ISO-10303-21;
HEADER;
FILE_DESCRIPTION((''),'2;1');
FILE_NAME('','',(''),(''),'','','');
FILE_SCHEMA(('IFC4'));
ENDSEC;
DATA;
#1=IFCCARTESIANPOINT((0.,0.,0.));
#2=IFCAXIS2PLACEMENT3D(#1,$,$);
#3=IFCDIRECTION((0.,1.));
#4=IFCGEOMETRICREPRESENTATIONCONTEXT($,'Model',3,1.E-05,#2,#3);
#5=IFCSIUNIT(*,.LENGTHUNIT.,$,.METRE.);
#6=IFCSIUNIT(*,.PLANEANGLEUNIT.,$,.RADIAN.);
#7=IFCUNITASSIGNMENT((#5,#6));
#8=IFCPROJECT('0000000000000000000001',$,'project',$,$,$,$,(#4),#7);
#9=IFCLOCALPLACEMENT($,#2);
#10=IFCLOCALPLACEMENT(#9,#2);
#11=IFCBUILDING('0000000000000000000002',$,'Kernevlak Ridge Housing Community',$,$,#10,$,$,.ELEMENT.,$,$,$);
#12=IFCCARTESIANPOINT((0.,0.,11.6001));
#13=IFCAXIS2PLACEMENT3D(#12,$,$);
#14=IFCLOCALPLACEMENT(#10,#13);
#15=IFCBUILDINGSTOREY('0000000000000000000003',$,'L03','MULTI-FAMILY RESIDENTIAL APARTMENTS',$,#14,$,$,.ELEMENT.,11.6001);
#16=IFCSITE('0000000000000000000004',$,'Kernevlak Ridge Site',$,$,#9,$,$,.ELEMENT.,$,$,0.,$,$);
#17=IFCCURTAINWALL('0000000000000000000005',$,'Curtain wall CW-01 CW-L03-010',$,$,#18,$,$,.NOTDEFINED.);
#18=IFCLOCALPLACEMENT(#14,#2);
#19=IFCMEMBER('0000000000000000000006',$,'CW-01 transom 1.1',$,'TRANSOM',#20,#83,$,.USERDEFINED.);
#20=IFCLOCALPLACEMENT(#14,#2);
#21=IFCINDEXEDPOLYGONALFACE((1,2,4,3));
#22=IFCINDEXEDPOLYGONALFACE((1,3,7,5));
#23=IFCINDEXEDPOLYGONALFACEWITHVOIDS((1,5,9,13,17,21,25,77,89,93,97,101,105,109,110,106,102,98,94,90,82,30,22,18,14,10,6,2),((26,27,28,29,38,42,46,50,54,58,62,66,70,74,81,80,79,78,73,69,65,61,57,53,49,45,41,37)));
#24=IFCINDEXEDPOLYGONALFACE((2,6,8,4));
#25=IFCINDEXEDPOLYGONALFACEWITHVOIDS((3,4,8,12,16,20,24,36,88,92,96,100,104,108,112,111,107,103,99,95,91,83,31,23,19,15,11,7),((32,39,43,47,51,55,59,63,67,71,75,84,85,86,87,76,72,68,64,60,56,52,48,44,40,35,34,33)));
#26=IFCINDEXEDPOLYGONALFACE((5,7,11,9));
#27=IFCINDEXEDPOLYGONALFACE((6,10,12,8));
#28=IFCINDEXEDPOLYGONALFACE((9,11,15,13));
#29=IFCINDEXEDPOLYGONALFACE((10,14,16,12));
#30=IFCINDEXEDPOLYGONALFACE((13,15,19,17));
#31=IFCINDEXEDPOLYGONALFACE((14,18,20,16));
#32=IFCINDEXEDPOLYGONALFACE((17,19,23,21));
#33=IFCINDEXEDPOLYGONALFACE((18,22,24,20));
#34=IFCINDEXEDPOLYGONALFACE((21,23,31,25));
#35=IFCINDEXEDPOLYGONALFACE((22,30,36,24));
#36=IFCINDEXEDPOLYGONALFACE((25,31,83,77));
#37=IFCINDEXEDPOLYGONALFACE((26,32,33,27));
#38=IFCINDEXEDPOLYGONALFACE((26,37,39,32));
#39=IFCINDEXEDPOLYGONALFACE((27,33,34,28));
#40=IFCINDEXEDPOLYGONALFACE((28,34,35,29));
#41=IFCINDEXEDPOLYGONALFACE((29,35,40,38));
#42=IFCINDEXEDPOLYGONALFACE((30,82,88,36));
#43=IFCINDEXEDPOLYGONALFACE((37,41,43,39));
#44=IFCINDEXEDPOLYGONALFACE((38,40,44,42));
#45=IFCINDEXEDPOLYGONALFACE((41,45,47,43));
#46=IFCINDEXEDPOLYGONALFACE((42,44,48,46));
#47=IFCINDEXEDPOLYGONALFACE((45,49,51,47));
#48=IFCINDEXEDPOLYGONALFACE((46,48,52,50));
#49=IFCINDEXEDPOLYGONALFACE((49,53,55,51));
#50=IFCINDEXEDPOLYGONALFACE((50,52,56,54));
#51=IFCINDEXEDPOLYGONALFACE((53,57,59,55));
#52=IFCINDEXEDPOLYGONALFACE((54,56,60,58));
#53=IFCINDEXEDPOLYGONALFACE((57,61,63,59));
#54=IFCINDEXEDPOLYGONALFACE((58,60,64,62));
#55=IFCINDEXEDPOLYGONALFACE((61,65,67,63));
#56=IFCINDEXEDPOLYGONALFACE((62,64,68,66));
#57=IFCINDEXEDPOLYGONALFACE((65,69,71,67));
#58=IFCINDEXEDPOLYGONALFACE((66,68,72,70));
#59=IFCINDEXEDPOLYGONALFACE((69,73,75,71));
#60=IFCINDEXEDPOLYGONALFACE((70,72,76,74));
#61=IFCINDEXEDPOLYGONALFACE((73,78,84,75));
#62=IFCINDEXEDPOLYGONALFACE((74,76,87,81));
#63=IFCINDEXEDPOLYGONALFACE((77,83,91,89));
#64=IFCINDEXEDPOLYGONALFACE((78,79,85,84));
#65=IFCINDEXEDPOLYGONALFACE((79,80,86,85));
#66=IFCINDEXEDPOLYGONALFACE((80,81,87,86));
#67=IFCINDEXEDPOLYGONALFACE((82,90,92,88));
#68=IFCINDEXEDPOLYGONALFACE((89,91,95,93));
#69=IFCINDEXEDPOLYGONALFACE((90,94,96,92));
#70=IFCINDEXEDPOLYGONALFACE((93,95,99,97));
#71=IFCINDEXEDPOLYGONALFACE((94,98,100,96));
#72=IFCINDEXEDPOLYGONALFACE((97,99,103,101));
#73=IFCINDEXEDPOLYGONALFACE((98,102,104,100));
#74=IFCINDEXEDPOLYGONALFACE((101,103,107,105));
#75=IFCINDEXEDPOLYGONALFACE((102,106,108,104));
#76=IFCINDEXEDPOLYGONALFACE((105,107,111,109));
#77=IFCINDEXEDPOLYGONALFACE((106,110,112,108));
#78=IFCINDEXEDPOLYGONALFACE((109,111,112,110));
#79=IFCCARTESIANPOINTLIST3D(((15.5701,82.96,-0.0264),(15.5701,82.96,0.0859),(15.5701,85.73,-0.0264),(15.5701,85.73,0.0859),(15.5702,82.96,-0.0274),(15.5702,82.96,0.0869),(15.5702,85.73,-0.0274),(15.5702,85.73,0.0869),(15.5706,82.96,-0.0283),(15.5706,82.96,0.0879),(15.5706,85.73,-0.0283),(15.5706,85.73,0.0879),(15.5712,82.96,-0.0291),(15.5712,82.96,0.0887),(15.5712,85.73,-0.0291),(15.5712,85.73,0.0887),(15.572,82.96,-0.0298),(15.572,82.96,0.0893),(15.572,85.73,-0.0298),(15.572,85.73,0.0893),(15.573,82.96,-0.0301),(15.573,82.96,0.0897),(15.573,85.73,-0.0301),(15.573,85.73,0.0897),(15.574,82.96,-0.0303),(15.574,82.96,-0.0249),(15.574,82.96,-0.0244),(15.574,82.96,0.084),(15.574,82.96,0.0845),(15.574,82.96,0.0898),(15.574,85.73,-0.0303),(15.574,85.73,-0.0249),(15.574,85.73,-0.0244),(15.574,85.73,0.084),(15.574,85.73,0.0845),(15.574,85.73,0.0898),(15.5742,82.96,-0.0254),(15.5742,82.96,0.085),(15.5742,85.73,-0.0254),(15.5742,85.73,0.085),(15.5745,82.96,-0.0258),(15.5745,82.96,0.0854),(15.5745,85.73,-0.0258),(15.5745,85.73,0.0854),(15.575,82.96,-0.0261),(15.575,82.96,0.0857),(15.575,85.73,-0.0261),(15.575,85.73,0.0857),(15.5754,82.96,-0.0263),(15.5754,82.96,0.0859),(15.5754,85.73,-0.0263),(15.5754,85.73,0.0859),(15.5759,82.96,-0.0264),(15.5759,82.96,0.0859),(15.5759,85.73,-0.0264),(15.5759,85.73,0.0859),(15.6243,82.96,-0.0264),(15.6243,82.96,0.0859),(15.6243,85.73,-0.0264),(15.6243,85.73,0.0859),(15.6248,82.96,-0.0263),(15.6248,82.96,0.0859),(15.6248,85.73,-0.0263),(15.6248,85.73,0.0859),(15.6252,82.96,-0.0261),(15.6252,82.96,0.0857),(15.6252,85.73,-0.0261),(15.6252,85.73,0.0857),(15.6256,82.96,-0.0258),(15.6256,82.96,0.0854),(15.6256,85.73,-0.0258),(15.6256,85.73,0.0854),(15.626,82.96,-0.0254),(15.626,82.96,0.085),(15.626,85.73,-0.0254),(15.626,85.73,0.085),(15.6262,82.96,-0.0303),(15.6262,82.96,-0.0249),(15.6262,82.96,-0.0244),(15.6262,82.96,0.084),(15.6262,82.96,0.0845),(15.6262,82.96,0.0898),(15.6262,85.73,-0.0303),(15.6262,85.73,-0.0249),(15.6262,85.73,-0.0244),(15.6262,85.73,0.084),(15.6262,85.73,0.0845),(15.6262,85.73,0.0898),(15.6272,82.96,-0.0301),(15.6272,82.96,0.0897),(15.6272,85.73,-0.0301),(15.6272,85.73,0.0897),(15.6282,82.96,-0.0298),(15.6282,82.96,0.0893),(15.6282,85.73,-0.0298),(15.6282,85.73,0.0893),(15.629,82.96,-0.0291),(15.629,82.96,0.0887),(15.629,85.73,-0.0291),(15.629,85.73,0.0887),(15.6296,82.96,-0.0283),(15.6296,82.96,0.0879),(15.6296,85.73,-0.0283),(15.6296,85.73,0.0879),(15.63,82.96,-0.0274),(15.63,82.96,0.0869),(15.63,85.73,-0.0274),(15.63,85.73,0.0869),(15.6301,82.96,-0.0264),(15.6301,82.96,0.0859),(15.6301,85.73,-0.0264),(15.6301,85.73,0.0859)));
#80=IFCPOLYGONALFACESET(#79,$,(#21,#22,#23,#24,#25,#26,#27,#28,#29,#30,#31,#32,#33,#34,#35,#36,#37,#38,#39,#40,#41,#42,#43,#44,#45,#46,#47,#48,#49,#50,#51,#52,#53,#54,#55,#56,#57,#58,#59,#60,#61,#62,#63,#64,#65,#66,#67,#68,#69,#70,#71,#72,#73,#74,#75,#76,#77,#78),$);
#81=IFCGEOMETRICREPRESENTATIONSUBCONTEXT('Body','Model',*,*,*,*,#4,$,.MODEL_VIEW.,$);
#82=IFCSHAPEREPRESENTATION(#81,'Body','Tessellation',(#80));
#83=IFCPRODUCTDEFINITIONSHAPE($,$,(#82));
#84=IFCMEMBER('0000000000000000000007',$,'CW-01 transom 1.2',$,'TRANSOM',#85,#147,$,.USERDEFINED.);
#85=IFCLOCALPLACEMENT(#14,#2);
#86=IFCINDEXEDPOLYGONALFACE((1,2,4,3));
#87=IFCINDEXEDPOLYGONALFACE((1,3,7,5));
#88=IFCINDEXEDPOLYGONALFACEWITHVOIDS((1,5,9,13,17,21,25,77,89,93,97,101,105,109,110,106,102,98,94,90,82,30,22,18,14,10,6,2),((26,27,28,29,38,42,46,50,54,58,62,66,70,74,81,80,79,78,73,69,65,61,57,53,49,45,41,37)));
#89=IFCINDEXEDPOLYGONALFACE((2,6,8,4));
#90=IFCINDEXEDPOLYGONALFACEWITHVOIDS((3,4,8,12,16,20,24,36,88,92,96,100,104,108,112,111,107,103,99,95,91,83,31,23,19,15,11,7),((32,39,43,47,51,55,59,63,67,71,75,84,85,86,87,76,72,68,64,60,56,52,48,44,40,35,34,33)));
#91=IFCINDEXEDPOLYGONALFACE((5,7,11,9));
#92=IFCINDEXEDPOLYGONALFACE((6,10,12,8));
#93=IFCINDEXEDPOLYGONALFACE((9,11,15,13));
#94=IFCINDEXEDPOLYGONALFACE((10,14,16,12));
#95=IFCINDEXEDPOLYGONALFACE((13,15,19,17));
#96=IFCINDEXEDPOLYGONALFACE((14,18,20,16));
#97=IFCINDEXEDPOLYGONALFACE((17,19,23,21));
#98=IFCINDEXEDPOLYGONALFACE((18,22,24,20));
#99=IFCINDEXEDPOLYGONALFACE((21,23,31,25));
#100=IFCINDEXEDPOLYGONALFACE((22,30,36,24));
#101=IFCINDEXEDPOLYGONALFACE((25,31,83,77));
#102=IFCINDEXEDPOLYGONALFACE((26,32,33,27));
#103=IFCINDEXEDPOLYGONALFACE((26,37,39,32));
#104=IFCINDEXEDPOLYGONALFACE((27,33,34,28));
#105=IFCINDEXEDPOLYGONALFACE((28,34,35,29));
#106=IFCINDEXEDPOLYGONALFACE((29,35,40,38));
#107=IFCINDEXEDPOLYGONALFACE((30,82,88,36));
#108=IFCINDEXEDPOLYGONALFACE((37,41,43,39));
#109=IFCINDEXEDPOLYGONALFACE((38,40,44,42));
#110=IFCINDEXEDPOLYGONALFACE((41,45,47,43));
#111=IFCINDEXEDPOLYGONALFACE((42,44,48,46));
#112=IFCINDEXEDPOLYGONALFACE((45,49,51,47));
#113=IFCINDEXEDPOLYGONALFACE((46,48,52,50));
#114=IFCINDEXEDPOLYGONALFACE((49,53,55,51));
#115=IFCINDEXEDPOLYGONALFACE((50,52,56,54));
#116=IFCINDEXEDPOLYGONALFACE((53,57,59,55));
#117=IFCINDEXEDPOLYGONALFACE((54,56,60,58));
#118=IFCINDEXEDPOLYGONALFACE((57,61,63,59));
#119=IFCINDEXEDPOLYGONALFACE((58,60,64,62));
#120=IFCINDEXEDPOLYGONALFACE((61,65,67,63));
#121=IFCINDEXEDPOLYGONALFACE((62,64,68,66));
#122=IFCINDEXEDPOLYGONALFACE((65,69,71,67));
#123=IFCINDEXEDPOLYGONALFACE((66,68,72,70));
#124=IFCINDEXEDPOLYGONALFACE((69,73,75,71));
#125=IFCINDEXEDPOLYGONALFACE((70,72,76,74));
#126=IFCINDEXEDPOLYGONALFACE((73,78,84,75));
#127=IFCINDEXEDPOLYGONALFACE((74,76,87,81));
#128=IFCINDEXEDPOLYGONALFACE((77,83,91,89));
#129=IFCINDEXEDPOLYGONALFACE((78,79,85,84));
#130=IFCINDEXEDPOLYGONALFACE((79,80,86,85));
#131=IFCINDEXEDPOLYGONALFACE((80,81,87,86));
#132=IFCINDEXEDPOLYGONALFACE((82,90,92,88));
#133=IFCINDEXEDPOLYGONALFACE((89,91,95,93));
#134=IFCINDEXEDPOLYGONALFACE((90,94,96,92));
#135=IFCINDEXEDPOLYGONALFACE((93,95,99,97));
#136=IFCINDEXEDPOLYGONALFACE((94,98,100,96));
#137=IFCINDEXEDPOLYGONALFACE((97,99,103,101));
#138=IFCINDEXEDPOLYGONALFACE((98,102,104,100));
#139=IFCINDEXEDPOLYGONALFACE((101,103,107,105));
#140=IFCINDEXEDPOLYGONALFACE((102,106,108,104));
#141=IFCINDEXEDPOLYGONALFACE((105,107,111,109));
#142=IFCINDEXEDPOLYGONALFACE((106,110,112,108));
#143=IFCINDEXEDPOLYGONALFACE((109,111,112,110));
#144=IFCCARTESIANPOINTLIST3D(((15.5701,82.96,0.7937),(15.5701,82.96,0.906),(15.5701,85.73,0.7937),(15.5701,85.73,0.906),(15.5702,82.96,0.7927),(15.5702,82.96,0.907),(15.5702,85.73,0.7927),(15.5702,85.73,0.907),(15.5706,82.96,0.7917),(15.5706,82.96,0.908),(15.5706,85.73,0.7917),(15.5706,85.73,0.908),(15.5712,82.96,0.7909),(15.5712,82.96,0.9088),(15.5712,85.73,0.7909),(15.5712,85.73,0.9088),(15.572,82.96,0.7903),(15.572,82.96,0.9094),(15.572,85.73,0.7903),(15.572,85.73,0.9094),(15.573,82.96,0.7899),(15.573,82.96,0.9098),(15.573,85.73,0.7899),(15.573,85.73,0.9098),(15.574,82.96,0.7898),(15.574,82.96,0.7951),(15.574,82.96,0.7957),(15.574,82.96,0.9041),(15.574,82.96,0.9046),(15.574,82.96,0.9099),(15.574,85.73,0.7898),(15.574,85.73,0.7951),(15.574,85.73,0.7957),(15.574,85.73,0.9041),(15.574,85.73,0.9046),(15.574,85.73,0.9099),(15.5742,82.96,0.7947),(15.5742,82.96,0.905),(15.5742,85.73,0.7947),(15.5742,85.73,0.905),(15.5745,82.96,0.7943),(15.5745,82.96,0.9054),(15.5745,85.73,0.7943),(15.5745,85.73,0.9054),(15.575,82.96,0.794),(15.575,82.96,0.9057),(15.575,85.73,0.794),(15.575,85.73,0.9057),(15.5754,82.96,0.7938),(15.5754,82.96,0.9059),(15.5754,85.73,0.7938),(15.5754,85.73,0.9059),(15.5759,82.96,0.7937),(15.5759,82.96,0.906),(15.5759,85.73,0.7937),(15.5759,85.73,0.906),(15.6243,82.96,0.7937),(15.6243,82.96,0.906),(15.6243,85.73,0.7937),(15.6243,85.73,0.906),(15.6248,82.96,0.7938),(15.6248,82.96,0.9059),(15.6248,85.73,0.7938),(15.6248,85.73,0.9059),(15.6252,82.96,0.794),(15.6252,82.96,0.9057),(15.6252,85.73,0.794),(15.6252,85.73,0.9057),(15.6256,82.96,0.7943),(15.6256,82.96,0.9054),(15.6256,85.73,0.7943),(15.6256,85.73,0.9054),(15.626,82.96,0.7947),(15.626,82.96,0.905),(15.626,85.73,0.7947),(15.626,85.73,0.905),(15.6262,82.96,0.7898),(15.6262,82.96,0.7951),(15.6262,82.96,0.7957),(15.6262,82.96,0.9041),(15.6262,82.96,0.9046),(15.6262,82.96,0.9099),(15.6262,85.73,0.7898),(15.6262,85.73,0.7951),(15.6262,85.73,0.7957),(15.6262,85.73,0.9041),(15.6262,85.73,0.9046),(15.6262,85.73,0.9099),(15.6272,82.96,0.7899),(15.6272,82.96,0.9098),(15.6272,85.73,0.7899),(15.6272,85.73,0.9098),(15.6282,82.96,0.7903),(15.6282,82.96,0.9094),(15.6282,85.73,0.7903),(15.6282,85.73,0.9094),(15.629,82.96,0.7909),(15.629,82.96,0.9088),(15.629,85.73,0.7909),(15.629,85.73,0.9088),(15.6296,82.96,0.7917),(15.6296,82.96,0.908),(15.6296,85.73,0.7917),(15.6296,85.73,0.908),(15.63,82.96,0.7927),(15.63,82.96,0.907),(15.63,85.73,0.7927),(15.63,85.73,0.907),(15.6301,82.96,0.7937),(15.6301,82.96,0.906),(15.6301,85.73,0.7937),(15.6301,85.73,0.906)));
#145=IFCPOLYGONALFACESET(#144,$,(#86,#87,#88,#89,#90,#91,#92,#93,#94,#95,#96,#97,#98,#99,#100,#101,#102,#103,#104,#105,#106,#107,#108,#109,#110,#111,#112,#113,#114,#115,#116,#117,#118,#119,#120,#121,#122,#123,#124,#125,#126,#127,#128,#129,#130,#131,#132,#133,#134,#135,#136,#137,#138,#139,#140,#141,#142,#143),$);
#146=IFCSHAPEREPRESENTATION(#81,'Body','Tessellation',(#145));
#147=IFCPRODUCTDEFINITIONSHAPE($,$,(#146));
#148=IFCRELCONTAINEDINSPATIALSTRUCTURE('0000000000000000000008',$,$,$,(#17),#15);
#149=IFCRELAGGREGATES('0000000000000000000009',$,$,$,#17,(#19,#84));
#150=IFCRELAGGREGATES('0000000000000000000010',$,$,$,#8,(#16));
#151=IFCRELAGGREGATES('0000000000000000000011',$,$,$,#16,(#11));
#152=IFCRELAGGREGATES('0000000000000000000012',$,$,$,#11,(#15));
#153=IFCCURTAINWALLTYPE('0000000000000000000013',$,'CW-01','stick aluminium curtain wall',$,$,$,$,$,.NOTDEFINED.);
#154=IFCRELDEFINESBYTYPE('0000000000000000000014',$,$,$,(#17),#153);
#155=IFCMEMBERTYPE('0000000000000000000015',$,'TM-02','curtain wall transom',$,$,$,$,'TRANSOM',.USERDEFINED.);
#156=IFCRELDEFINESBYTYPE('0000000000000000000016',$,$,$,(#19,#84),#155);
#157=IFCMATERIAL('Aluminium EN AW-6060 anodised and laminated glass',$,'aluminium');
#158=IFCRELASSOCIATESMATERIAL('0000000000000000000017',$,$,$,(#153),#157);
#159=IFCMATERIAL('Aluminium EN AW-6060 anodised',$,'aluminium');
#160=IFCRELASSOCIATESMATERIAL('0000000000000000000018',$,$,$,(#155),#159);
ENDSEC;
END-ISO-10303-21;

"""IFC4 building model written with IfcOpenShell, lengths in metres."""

from ifc_helpers import new_model, si_unit, direction, frame, origin, origin_2d, place, context, subcontext, project, spatial, hollow_rectangle, extrude, material, material_profile, profile_set, type_object, element, aggregate, save


model = new_model("IFC4")

# Units and contexts
model_context = context("Model", 3, precision=1e-05, world=origin(), true_north=direction((0.0, 1.0)))
body_context = subcontext(model_context, "Body", "Model", "MODEL_VIEW")
ifc_project = project(units=[si_unit("LENGTHUNIT", "METRE"), si_unit("PLANEANGLEUNIT", "RADIAN")], contexts=[model_context])

# Site, building, storey
site_placement = place(None, origin())
site = spatial("IfcSite", under=ifc_project, at=site_placement, Name="Kernevlak Ridge Site", CompositionType="ELEMENT", RefElevation=0.0)
building_placement = place(site_placement, origin())
building = spatial("IfcBuilding", under=site, at=building_placement, Name="Kernevlak Ridge Housing Community", CompositionType="ELEMENT")
storey_placement = place(building_placement, frame((0.0, 0.0, 11.6001)))
storey = spatial("IfcBuildingStorey", under=building, at=storey_placement, Name="L03", Description="MULTI-FAMILY RESIDENTIAL APARTMENTS", CompositionType="ELEMENT", Elevation=11.6001)

# Curtain wall
ifc_material_1 = material(Name="Aluminium EN AW-6060 anodised and laminated glass", Category="aluminium")
curtain_wall_type = type_object("IfcCurtainWallType", Name="CW-01", Description="stick aluminium curtain wall", PredefinedType="NOTDEFINED", material=ifc_material_1)
curtain_wall_placement = place(storey_placement, origin())
curtain_wall = element("IfcCurtainWall", 1, at=curtain_wall_placement, inside=storey, type_object=curtain_wall_type, Name="Curtain wall CW-01 CW-L03-010", PredefinedType="NOTDEFINED")
ifc_material_2 = material(Name="Aluminium EN AW-6060 anodised", Category="aluminium")

# Members
ifc_material_profile_1 = material_profile(ifc_material_2, hollow_rectangle(XDim=0.0601, YDim=0.1201, WallThickness=0.0039, InnerFilletRadius=0.002, OuterFilletRadius=0.0039, at=origin_2d()), Name="ALU 60x120x4")
ifc_profile_set_1 = profile_set([ifc_material_profile_1], Name="Aluminium EN AW-6060 anodised")
member_type_1 = type_object("IfcMemberType", Name="TM-02", Description="curtain wall transom", ElementType="TRANSOM", PredefinedType="USERDEFINED", material=ifc_profile_set_1)
member_1_placement = place(storey_placement, frame((15.6001, 82.96, 0.0298), z_axis=(0.0, 1.0, 0.0), x_axis=(-1.0, 0.0, 0.0)))
member_1 = element("IfcMember", 2, at=member_1_placement, type_object=member_type_1, Name="CW-01 transom 1.1", ObjectType="TRANSOM", PredefinedType="USERDEFINED", context=body_context, shape_type="SweptSolid", body=[
    extrude(hollow_rectangle(XDim=0.0601, YDim=0.1201, WallThickness=0.0039, InnerFilletRadius=0.002, OuterFilletRadius=0.0039, at=origin_2d()), origin(), (0.0, 0.0, 1.0), 2.77),
])
member_2_placement = place(storey_placement, frame((15.6001, 82.96, 0.8499), z_axis=(0.0, 1.0, 0.0), x_axis=(-1.0, 0.0, 0.0)))
member_2 = element("IfcMember", 3, at=member_2_placement, type_object=member_type_1, Name="CW-01 transom 1.2", ObjectType="TRANSOM", PredefinedType="USERDEFINED", context=body_context, shape_type="SweptSolid", body=[
    extrude(hollow_rectangle(XDim=0.0601, YDim=0.1201, WallThickness=0.0039, InnerFilletRadius=0.002, OuterFilletRadius=0.0039, at=origin_2d()), origin(), (0.0, 0.0, 1.0), 2.77),
])

aggregate(curtain_wall, [member_1, member_2])

save(model, "model.ifc")
